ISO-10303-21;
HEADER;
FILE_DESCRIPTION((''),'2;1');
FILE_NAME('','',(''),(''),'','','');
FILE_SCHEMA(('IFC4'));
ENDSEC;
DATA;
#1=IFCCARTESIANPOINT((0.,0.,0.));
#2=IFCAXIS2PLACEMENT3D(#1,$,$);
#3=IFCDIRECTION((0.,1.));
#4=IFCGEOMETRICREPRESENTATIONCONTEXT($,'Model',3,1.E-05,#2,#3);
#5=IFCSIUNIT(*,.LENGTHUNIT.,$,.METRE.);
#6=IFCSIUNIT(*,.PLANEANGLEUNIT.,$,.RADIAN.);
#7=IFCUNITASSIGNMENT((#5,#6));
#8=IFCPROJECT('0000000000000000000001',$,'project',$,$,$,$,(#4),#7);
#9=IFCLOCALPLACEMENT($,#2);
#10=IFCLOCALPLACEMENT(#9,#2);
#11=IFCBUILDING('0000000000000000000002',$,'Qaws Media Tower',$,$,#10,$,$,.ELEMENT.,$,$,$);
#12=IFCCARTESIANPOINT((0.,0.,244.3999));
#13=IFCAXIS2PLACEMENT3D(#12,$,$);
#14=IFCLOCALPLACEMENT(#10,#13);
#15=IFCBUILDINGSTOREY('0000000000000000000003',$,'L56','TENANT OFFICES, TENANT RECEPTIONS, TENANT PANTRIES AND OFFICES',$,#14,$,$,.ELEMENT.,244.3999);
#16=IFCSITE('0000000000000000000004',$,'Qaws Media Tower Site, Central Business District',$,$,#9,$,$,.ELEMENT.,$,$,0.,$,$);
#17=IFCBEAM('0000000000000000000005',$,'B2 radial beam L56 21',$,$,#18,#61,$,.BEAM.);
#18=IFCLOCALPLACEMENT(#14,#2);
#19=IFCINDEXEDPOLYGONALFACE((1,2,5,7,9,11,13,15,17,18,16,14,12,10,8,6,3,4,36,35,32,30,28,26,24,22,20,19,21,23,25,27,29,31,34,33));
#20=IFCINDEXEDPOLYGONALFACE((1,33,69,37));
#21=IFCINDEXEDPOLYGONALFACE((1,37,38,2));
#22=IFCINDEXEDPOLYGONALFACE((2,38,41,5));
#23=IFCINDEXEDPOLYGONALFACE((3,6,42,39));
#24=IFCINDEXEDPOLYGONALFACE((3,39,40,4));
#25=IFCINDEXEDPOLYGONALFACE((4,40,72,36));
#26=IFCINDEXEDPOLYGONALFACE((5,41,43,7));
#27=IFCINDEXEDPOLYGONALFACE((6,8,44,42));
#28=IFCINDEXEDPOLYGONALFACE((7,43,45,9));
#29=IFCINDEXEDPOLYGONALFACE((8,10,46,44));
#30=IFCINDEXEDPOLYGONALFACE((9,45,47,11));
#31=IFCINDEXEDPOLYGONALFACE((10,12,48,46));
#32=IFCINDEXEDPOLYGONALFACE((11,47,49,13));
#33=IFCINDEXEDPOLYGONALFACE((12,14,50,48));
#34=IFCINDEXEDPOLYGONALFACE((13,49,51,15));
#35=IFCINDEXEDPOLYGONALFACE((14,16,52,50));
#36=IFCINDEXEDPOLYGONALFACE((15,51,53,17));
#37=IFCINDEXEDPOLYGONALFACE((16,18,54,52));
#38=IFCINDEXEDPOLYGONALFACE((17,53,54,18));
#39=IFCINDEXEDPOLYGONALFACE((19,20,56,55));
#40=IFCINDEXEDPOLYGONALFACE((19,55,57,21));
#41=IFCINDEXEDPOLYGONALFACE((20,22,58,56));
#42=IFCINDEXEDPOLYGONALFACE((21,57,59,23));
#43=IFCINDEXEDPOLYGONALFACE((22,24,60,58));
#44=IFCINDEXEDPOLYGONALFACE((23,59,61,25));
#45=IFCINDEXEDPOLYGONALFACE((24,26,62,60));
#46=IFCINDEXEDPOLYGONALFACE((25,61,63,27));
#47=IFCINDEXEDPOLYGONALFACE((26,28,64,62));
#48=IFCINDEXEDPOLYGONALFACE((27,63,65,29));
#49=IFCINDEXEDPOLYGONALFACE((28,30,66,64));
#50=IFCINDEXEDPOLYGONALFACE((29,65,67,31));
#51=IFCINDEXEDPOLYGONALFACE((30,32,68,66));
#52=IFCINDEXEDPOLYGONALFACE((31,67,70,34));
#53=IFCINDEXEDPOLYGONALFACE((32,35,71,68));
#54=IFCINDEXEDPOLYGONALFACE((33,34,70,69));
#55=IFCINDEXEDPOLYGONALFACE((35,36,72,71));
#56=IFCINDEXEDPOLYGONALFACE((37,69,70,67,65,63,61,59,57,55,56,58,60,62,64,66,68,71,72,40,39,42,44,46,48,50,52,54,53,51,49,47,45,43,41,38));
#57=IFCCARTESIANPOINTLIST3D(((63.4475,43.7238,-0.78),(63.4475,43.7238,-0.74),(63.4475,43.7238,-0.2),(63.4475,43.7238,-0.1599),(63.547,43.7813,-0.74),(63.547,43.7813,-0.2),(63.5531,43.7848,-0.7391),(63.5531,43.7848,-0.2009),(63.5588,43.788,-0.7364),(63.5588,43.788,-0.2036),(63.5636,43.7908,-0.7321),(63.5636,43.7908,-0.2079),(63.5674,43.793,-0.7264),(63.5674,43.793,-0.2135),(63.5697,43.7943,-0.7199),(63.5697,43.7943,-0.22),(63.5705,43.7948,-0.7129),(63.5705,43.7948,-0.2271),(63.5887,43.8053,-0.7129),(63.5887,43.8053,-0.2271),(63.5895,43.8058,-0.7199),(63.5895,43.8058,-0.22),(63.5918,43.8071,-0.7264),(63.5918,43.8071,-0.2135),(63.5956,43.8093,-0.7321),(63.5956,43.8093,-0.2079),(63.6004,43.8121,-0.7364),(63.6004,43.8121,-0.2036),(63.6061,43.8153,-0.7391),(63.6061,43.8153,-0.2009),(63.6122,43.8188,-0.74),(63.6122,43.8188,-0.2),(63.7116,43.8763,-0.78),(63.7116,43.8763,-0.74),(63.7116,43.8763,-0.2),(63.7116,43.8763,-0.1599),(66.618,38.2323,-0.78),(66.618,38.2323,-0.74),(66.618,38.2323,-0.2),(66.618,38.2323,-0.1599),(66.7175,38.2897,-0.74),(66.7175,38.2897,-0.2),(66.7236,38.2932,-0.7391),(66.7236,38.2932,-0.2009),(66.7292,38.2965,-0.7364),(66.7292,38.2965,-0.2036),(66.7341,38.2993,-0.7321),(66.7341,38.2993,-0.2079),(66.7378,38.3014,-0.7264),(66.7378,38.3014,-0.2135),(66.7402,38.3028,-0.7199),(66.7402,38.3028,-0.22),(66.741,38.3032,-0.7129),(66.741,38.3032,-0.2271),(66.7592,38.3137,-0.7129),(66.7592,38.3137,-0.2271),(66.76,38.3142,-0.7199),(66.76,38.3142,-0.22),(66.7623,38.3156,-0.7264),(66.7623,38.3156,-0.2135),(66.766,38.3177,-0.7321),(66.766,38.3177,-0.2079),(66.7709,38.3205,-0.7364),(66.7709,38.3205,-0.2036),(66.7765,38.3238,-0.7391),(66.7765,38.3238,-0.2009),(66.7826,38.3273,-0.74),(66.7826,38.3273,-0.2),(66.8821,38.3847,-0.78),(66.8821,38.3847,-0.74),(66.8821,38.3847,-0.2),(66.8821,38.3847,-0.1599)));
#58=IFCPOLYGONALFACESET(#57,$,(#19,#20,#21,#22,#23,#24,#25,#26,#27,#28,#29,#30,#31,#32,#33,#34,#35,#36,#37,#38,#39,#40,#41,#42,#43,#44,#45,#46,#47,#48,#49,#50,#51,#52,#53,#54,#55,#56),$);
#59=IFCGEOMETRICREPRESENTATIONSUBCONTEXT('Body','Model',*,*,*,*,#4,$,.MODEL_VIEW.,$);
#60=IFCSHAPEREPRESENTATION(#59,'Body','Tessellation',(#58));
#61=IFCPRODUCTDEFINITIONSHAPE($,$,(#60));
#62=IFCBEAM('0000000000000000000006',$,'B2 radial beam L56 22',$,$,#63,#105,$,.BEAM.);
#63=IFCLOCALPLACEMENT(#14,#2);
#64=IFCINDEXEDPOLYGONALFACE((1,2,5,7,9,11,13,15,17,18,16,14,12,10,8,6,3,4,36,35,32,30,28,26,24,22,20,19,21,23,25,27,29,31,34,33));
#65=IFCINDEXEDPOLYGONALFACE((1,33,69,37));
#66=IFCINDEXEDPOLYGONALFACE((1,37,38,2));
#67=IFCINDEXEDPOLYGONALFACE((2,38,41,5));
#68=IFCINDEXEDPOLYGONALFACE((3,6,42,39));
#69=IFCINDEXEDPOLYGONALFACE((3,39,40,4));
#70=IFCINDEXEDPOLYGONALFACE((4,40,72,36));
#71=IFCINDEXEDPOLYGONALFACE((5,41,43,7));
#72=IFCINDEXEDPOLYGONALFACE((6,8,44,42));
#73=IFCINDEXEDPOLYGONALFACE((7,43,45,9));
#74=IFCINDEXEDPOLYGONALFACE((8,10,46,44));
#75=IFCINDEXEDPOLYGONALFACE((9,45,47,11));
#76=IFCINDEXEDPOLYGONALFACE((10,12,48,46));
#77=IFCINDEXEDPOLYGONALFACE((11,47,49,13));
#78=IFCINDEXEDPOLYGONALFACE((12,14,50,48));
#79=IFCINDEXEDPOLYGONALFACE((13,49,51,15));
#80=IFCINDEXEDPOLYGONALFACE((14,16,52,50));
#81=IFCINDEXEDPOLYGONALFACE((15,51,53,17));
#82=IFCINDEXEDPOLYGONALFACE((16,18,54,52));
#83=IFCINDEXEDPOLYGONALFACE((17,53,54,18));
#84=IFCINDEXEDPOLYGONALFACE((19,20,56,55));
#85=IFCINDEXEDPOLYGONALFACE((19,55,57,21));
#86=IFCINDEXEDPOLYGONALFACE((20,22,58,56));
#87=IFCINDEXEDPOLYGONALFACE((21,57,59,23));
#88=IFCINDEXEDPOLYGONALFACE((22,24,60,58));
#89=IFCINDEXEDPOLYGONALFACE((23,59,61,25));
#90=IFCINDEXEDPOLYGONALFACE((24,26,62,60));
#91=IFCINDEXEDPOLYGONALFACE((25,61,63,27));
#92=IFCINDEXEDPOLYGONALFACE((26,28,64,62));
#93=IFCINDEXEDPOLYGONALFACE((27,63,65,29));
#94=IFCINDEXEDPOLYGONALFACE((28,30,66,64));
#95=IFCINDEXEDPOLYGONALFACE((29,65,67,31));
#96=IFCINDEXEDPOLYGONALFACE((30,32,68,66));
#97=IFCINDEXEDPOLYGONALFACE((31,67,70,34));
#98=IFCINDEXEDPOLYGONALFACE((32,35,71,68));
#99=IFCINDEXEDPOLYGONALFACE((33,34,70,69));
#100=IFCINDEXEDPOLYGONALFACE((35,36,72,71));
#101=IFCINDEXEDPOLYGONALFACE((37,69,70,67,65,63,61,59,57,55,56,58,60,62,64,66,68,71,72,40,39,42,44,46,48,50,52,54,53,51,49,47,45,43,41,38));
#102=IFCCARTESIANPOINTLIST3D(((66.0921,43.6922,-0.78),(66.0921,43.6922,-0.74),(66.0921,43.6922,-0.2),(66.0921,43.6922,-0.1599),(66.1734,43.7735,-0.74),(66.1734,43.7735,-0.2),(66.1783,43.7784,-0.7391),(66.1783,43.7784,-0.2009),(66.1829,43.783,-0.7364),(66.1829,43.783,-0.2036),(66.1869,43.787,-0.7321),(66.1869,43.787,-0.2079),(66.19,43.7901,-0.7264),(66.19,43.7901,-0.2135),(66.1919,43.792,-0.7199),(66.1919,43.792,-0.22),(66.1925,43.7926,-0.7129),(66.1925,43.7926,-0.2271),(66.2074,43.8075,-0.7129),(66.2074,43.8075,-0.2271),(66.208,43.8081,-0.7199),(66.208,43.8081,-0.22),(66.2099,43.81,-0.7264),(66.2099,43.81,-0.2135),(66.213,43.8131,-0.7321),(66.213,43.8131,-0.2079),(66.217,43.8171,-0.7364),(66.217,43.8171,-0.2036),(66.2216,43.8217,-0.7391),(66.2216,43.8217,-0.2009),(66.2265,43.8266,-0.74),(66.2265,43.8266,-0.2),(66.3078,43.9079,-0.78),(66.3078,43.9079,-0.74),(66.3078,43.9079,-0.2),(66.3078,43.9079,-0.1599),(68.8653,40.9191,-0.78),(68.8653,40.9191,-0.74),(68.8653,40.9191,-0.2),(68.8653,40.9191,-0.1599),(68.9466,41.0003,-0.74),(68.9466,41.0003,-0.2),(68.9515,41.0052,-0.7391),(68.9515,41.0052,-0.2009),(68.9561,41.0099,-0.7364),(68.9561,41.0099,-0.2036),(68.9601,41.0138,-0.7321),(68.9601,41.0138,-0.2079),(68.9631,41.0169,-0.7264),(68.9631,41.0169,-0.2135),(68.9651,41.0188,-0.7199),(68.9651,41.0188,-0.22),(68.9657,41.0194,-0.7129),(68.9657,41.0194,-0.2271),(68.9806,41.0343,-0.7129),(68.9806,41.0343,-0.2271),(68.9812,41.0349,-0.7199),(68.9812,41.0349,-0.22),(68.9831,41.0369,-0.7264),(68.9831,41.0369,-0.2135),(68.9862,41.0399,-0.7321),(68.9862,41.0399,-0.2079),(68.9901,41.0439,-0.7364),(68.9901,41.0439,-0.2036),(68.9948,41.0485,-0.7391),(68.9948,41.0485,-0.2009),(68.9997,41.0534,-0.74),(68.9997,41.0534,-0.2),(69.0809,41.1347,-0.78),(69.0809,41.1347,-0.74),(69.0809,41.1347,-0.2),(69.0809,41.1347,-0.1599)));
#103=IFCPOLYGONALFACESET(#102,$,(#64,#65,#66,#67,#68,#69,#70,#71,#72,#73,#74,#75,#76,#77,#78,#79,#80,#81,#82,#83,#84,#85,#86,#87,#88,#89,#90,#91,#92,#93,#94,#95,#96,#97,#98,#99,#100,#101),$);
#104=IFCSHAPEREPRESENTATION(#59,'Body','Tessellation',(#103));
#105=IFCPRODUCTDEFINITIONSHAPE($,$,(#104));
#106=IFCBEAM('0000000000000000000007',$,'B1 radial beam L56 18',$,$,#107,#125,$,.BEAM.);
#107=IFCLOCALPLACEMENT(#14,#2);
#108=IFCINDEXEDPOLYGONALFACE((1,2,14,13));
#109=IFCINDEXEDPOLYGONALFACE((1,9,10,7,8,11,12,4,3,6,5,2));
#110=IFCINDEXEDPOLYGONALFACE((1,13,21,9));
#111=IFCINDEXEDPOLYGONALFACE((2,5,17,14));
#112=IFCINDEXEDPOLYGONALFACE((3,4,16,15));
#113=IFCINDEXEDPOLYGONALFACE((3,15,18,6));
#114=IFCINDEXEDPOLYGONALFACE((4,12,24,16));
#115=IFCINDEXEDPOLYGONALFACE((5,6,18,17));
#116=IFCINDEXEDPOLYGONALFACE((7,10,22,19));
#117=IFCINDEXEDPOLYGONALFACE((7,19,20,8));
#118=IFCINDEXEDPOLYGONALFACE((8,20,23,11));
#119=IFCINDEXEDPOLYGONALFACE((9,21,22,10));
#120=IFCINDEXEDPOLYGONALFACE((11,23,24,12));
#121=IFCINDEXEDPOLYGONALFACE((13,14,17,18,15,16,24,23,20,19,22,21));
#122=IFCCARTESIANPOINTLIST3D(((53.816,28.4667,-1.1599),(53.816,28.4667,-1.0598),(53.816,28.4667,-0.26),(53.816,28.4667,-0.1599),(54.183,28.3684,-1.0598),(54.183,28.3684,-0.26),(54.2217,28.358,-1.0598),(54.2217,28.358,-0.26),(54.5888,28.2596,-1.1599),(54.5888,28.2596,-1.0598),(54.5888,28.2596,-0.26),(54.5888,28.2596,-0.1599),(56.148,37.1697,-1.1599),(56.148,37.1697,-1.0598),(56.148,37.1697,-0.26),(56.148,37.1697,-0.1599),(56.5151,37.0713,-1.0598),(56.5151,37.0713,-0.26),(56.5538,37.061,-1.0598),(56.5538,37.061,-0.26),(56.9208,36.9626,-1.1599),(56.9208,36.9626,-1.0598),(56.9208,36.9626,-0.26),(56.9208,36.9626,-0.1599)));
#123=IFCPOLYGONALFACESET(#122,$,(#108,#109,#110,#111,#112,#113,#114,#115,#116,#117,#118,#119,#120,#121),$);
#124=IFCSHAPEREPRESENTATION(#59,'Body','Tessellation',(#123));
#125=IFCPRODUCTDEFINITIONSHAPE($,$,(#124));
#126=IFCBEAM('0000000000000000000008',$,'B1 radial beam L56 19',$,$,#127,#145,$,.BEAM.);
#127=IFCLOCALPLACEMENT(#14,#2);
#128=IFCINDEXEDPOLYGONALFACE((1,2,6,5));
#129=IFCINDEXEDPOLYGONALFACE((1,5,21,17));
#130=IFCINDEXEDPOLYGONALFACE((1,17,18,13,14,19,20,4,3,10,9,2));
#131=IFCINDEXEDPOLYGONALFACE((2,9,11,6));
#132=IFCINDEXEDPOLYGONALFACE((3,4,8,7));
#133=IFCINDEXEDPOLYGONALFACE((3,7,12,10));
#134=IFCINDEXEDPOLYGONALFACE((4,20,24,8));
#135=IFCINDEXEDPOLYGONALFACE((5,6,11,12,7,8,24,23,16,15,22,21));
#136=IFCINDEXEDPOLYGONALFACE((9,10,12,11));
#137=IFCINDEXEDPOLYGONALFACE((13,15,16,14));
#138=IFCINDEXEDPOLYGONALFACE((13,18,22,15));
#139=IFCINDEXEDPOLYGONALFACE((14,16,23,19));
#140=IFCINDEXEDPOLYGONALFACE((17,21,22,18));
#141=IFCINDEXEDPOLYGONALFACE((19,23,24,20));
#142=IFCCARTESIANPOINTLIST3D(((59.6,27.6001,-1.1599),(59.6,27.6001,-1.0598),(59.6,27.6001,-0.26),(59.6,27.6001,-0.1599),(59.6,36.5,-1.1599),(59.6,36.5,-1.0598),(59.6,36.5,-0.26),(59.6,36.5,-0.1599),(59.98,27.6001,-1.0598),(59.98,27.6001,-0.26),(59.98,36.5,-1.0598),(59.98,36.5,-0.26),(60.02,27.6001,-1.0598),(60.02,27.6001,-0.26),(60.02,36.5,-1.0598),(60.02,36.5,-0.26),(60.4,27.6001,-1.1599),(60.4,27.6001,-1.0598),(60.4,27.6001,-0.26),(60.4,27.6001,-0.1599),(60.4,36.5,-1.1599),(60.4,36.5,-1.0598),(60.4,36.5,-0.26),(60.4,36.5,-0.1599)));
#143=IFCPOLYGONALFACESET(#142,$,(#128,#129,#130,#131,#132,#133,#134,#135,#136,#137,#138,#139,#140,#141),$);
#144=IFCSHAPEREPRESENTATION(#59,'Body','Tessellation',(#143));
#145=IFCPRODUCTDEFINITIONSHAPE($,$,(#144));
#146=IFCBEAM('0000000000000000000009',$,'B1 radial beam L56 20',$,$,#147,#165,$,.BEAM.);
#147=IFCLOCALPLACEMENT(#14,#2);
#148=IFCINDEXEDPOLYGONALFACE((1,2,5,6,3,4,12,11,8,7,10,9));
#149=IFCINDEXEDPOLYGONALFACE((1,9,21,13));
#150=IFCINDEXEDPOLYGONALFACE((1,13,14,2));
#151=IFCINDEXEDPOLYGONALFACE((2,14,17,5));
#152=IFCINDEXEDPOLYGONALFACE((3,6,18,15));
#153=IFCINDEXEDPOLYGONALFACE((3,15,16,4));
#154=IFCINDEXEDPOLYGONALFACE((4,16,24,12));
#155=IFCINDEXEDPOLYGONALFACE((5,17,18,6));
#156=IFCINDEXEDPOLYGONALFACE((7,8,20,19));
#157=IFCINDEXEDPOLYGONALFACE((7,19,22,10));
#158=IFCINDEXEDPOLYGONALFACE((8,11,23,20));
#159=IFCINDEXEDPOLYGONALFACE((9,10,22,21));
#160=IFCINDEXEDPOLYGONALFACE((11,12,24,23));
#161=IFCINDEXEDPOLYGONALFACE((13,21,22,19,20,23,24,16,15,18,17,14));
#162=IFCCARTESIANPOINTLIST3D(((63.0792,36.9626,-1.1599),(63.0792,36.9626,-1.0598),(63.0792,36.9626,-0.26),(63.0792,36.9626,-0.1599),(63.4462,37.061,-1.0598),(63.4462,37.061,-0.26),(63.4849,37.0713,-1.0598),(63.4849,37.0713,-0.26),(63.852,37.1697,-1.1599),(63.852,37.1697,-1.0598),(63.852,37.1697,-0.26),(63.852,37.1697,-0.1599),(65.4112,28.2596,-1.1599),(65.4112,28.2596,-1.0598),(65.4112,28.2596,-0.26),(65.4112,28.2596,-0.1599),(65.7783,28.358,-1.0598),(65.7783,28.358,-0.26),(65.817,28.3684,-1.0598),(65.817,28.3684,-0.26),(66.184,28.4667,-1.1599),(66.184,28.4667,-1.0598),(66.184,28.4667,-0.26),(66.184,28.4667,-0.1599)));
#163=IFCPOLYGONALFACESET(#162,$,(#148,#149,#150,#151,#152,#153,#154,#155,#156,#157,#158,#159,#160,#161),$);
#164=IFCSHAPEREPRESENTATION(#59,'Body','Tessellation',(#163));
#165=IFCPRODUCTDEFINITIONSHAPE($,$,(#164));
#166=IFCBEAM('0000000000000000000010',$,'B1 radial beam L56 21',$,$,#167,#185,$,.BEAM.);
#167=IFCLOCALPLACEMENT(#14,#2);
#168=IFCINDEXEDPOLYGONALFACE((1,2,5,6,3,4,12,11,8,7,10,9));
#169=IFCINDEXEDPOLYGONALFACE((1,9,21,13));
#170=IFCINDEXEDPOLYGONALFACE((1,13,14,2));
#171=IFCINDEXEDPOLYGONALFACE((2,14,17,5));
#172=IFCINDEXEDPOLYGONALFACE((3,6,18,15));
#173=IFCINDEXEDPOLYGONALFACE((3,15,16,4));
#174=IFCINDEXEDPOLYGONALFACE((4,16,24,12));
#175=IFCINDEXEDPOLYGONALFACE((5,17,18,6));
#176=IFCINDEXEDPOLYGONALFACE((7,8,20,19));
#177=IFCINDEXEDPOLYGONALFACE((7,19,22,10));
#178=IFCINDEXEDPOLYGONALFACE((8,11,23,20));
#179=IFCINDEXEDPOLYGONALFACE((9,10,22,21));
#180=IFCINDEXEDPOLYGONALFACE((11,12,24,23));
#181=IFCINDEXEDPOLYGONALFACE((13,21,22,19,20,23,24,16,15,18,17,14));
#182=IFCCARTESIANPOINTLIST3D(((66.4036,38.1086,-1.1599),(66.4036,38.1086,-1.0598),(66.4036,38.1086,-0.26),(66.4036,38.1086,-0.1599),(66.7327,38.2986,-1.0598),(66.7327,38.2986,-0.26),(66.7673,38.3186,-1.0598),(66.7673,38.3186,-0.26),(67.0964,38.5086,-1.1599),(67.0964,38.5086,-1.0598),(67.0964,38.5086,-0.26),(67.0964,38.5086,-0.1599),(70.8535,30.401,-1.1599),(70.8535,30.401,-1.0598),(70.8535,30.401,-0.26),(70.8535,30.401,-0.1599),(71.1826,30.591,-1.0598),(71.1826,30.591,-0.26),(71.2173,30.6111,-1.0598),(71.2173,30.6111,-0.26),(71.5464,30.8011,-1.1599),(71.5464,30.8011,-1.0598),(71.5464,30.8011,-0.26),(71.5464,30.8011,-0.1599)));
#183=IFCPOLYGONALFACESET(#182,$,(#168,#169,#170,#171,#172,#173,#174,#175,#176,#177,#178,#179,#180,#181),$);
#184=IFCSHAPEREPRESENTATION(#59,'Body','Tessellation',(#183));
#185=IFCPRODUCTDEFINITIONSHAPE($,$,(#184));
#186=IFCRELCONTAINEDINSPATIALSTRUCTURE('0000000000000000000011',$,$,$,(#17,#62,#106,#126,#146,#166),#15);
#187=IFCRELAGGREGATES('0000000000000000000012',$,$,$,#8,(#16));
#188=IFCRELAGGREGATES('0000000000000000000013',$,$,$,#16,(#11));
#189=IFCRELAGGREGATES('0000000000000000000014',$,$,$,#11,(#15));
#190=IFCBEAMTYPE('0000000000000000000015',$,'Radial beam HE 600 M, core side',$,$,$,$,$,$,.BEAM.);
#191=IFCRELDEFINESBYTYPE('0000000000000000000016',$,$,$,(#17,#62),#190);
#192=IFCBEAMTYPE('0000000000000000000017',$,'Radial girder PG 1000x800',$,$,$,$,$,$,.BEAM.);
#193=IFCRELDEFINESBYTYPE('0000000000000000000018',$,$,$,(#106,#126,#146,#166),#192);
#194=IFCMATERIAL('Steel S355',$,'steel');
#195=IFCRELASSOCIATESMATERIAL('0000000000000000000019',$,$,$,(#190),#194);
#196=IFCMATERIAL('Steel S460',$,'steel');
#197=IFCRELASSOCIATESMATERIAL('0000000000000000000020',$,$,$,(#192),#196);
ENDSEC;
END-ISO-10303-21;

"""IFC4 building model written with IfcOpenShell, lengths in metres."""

from ifc_helpers import new_model, si_unit, direction, frame, origin, origin_2d, place, context, subcontext, project, spatial, i_section, extrude, material, material_profile, profile_set, type_object, element, save


model = new_model("IFC4")

# Units and contexts
model_context = context("Model", 3, precision=1e-05, world=origin(), true_north=direction((0.0, 1.0)))
body_context = subcontext(model_context, "Body", "Model", "MODEL_VIEW")
ifc_project = project(units=[si_unit("LENGTHUNIT", "METRE"), si_unit("PLANEANGLEUNIT", "RADIAN")], contexts=[model_context])

# Site, building, storey
site_placement = place(None, origin())
site = spatial("IfcSite", under=ifc_project, at=site_placement, Name="Qaws Media Tower Site, Central Business District", CompositionType="ELEMENT", RefElevation=0.0)
building_placement = place(site_placement, origin())
building = spatial("IfcBuilding", under=site, at=building_placement, Name="Qaws Media Tower", CompositionType="ELEMENT")
storey_placement = place(building_placement, frame((0.0, 0.0, 244.3999)))
storey = spatial("IfcBuildingStorey", under=building, at=storey_placement, Name="L56", Description="TENANT OFFICES, TENANT RECEPTIONS, TENANT PANTRIES AND OFFICES", CompositionType="ELEMENT", Elevation=244.3999)

# Beams
ifc_material_1 = material(Name="Steel S355", Category="steel")
ifc_material_profile_1 = material_profile(ifc_material_1, i_section(OverallWidth=0.3049, OverallDepth=0.6201, WebThickness=0.021, FlangeThickness=0.04, FilletRadius=0.0271, at=origin_2d()), Name="HE 600 M")
ifc_profile_set_1 = profile_set([ifc_material_profile_1], Name="Steel S355")
beam_type_1 = type_object("IfcBeamType", Name="Radial beam HE 600 M, core side", PredefinedType="BEAM", material=ifc_profile_set_1)
beam_1_placement = place(storey_placement, frame((63.5796, 43.8, -0.47), z_axis=(0.49999, -0.866031, 0.0), x_axis=(0.866031, 0.49999, 0.0)))
element("IfcBeam", 1, at=beam_1_placement, inside=storey, type_object=beam_type_1, Name="B2 radial beam L56 21", PredefinedType="BEAM", context=body_context, shape_type="SweptSolid", body=[
    extrude(i_section(OverallWidth=0.3049, OverallDepth=0.6201, WebThickness=0.021, FlangeThickness=0.04, FilletRadius=0.0271, at=origin_2d()), origin(), (0.0, 0.0, 1.0), 6.3411),
])
beam_2_placement = place(storey_placement, frame((66.2, 43.8, -0.47), z_axis=(0.707107, -0.707107, 0.0), x_axis=(0.707107, 0.707107, 0.0)))
element("IfcBeam", 2, at=beam_2_placement, inside=storey, type_object=beam_type_1, Name="B2 radial beam L56 22", PredefinedType="BEAM", context=body_context, shape_type="SweptSolid", body=[
    extrude(i_section(OverallWidth=0.3049, OverallDepth=0.6201, WebThickness=0.021, FlangeThickness=0.04, FilletRadius=0.0271, at=origin_2d()), origin(), (0.0, 0.0, 1.0), 3.9219),
])
ifc_material_2 = material(Name="Steel S460", Category="steel")
ifc_material_profile_2 = material_profile(ifc_material_2, i_section(OverallWidth=0.8, OverallDepth=1.0, WebThickness=0.04, FlangeThickness=0.1001, at=origin_2d()), Name="PG 1000x800")
ifc_profile_set_2 = profile_set([ifc_material_profile_2], Name="Steel S460")
beam_type_2 = type_object("IfcBeamType", Name="Radial girder PG 1000x800", PredefinedType="BEAM", material=ifc_profile_set_2)
beam_3_placement = place(storey_placement, frame((56.5344, 37.0662, -0.6599), z_axis=(-0.25883, -0.965923, 0.0), x_axis=(0.965923, -0.25883, 0.0)))
element("IfcBeam", 3, at=beam_3_placement, inside=storey, type_object=beam_type_2, Name="B1 radial beam L56 18", PredefinedType="BEAM", context=body_context, shape_type="SweptSolid", body=[
    extrude(i_section(OverallWidth=0.8, OverallDepth=1.0, WebThickness=0.04, FlangeThickness=0.1001, at=origin_2d()), origin(), (0.0, 0.0, 1.0), 9.01),
])
beam_4_placement = place(storey_placement, frame((60.0, 36.5, -0.6599), z_axis=(0.0, -1.0, 0.0), x_axis=(1.0, 0.0, 0.0)))
element("IfcBeam", 4, at=beam_4_placement, inside=storey, type_object=beam_type_2, Name="B1 radial beam L56 19", PredefinedType="BEAM", context=body_context, shape_type="SweptSolid", body=[
    extrude(i_section(OverallWidth=0.8, OverallDepth=1.0, WebThickness=0.04, FlangeThickness=0.1001, at=origin_2d()), origin(), (0.0, 0.0, 1.0), 8.8999),
])
beam_5_placement = place(storey_placement, frame((63.4656, 37.0662, -0.6599), z_axis=(0.25883, -0.965923, 0.0), x_axis=(0.965923, 0.25883, 0.0)))
element("IfcBeam", 5, at=beam_5_placement, inside=storey, type_object=beam_type_2, Name="B1 radial beam L56 20", PredefinedType="BEAM", context=body_context, shape_type="SweptSolid", body=[
    extrude(i_section(OverallWidth=0.8, OverallDepth=1.0, WebThickness=0.04, FlangeThickness=0.1001, at=origin_2d()), origin(), (0.0, 0.0, 1.0), 9.01),
])
beam_6_placement = place(storey_placement, frame((66.75, 38.3086, -0.6599), z_axis=(0.500001, -0.866025, 0.0), x_axis=(0.866025, 0.500001, 0.0)))
element("IfcBeam", 6, at=beam_6_placement, inside=storey, type_object=beam_type_2, Name="B1 radial beam L56 21", PredefinedType="BEAM", context=body_context, shape_type="SweptSolid", body=[
    extrude(i_section(OverallWidth=0.8, OverallDepth=1.0, WebThickness=0.04, FlangeThickness=0.1001, at=origin_2d()), origin(), (0.0, 0.0, 1.0), 8.8999),
])

save(model, "model.ifc")
